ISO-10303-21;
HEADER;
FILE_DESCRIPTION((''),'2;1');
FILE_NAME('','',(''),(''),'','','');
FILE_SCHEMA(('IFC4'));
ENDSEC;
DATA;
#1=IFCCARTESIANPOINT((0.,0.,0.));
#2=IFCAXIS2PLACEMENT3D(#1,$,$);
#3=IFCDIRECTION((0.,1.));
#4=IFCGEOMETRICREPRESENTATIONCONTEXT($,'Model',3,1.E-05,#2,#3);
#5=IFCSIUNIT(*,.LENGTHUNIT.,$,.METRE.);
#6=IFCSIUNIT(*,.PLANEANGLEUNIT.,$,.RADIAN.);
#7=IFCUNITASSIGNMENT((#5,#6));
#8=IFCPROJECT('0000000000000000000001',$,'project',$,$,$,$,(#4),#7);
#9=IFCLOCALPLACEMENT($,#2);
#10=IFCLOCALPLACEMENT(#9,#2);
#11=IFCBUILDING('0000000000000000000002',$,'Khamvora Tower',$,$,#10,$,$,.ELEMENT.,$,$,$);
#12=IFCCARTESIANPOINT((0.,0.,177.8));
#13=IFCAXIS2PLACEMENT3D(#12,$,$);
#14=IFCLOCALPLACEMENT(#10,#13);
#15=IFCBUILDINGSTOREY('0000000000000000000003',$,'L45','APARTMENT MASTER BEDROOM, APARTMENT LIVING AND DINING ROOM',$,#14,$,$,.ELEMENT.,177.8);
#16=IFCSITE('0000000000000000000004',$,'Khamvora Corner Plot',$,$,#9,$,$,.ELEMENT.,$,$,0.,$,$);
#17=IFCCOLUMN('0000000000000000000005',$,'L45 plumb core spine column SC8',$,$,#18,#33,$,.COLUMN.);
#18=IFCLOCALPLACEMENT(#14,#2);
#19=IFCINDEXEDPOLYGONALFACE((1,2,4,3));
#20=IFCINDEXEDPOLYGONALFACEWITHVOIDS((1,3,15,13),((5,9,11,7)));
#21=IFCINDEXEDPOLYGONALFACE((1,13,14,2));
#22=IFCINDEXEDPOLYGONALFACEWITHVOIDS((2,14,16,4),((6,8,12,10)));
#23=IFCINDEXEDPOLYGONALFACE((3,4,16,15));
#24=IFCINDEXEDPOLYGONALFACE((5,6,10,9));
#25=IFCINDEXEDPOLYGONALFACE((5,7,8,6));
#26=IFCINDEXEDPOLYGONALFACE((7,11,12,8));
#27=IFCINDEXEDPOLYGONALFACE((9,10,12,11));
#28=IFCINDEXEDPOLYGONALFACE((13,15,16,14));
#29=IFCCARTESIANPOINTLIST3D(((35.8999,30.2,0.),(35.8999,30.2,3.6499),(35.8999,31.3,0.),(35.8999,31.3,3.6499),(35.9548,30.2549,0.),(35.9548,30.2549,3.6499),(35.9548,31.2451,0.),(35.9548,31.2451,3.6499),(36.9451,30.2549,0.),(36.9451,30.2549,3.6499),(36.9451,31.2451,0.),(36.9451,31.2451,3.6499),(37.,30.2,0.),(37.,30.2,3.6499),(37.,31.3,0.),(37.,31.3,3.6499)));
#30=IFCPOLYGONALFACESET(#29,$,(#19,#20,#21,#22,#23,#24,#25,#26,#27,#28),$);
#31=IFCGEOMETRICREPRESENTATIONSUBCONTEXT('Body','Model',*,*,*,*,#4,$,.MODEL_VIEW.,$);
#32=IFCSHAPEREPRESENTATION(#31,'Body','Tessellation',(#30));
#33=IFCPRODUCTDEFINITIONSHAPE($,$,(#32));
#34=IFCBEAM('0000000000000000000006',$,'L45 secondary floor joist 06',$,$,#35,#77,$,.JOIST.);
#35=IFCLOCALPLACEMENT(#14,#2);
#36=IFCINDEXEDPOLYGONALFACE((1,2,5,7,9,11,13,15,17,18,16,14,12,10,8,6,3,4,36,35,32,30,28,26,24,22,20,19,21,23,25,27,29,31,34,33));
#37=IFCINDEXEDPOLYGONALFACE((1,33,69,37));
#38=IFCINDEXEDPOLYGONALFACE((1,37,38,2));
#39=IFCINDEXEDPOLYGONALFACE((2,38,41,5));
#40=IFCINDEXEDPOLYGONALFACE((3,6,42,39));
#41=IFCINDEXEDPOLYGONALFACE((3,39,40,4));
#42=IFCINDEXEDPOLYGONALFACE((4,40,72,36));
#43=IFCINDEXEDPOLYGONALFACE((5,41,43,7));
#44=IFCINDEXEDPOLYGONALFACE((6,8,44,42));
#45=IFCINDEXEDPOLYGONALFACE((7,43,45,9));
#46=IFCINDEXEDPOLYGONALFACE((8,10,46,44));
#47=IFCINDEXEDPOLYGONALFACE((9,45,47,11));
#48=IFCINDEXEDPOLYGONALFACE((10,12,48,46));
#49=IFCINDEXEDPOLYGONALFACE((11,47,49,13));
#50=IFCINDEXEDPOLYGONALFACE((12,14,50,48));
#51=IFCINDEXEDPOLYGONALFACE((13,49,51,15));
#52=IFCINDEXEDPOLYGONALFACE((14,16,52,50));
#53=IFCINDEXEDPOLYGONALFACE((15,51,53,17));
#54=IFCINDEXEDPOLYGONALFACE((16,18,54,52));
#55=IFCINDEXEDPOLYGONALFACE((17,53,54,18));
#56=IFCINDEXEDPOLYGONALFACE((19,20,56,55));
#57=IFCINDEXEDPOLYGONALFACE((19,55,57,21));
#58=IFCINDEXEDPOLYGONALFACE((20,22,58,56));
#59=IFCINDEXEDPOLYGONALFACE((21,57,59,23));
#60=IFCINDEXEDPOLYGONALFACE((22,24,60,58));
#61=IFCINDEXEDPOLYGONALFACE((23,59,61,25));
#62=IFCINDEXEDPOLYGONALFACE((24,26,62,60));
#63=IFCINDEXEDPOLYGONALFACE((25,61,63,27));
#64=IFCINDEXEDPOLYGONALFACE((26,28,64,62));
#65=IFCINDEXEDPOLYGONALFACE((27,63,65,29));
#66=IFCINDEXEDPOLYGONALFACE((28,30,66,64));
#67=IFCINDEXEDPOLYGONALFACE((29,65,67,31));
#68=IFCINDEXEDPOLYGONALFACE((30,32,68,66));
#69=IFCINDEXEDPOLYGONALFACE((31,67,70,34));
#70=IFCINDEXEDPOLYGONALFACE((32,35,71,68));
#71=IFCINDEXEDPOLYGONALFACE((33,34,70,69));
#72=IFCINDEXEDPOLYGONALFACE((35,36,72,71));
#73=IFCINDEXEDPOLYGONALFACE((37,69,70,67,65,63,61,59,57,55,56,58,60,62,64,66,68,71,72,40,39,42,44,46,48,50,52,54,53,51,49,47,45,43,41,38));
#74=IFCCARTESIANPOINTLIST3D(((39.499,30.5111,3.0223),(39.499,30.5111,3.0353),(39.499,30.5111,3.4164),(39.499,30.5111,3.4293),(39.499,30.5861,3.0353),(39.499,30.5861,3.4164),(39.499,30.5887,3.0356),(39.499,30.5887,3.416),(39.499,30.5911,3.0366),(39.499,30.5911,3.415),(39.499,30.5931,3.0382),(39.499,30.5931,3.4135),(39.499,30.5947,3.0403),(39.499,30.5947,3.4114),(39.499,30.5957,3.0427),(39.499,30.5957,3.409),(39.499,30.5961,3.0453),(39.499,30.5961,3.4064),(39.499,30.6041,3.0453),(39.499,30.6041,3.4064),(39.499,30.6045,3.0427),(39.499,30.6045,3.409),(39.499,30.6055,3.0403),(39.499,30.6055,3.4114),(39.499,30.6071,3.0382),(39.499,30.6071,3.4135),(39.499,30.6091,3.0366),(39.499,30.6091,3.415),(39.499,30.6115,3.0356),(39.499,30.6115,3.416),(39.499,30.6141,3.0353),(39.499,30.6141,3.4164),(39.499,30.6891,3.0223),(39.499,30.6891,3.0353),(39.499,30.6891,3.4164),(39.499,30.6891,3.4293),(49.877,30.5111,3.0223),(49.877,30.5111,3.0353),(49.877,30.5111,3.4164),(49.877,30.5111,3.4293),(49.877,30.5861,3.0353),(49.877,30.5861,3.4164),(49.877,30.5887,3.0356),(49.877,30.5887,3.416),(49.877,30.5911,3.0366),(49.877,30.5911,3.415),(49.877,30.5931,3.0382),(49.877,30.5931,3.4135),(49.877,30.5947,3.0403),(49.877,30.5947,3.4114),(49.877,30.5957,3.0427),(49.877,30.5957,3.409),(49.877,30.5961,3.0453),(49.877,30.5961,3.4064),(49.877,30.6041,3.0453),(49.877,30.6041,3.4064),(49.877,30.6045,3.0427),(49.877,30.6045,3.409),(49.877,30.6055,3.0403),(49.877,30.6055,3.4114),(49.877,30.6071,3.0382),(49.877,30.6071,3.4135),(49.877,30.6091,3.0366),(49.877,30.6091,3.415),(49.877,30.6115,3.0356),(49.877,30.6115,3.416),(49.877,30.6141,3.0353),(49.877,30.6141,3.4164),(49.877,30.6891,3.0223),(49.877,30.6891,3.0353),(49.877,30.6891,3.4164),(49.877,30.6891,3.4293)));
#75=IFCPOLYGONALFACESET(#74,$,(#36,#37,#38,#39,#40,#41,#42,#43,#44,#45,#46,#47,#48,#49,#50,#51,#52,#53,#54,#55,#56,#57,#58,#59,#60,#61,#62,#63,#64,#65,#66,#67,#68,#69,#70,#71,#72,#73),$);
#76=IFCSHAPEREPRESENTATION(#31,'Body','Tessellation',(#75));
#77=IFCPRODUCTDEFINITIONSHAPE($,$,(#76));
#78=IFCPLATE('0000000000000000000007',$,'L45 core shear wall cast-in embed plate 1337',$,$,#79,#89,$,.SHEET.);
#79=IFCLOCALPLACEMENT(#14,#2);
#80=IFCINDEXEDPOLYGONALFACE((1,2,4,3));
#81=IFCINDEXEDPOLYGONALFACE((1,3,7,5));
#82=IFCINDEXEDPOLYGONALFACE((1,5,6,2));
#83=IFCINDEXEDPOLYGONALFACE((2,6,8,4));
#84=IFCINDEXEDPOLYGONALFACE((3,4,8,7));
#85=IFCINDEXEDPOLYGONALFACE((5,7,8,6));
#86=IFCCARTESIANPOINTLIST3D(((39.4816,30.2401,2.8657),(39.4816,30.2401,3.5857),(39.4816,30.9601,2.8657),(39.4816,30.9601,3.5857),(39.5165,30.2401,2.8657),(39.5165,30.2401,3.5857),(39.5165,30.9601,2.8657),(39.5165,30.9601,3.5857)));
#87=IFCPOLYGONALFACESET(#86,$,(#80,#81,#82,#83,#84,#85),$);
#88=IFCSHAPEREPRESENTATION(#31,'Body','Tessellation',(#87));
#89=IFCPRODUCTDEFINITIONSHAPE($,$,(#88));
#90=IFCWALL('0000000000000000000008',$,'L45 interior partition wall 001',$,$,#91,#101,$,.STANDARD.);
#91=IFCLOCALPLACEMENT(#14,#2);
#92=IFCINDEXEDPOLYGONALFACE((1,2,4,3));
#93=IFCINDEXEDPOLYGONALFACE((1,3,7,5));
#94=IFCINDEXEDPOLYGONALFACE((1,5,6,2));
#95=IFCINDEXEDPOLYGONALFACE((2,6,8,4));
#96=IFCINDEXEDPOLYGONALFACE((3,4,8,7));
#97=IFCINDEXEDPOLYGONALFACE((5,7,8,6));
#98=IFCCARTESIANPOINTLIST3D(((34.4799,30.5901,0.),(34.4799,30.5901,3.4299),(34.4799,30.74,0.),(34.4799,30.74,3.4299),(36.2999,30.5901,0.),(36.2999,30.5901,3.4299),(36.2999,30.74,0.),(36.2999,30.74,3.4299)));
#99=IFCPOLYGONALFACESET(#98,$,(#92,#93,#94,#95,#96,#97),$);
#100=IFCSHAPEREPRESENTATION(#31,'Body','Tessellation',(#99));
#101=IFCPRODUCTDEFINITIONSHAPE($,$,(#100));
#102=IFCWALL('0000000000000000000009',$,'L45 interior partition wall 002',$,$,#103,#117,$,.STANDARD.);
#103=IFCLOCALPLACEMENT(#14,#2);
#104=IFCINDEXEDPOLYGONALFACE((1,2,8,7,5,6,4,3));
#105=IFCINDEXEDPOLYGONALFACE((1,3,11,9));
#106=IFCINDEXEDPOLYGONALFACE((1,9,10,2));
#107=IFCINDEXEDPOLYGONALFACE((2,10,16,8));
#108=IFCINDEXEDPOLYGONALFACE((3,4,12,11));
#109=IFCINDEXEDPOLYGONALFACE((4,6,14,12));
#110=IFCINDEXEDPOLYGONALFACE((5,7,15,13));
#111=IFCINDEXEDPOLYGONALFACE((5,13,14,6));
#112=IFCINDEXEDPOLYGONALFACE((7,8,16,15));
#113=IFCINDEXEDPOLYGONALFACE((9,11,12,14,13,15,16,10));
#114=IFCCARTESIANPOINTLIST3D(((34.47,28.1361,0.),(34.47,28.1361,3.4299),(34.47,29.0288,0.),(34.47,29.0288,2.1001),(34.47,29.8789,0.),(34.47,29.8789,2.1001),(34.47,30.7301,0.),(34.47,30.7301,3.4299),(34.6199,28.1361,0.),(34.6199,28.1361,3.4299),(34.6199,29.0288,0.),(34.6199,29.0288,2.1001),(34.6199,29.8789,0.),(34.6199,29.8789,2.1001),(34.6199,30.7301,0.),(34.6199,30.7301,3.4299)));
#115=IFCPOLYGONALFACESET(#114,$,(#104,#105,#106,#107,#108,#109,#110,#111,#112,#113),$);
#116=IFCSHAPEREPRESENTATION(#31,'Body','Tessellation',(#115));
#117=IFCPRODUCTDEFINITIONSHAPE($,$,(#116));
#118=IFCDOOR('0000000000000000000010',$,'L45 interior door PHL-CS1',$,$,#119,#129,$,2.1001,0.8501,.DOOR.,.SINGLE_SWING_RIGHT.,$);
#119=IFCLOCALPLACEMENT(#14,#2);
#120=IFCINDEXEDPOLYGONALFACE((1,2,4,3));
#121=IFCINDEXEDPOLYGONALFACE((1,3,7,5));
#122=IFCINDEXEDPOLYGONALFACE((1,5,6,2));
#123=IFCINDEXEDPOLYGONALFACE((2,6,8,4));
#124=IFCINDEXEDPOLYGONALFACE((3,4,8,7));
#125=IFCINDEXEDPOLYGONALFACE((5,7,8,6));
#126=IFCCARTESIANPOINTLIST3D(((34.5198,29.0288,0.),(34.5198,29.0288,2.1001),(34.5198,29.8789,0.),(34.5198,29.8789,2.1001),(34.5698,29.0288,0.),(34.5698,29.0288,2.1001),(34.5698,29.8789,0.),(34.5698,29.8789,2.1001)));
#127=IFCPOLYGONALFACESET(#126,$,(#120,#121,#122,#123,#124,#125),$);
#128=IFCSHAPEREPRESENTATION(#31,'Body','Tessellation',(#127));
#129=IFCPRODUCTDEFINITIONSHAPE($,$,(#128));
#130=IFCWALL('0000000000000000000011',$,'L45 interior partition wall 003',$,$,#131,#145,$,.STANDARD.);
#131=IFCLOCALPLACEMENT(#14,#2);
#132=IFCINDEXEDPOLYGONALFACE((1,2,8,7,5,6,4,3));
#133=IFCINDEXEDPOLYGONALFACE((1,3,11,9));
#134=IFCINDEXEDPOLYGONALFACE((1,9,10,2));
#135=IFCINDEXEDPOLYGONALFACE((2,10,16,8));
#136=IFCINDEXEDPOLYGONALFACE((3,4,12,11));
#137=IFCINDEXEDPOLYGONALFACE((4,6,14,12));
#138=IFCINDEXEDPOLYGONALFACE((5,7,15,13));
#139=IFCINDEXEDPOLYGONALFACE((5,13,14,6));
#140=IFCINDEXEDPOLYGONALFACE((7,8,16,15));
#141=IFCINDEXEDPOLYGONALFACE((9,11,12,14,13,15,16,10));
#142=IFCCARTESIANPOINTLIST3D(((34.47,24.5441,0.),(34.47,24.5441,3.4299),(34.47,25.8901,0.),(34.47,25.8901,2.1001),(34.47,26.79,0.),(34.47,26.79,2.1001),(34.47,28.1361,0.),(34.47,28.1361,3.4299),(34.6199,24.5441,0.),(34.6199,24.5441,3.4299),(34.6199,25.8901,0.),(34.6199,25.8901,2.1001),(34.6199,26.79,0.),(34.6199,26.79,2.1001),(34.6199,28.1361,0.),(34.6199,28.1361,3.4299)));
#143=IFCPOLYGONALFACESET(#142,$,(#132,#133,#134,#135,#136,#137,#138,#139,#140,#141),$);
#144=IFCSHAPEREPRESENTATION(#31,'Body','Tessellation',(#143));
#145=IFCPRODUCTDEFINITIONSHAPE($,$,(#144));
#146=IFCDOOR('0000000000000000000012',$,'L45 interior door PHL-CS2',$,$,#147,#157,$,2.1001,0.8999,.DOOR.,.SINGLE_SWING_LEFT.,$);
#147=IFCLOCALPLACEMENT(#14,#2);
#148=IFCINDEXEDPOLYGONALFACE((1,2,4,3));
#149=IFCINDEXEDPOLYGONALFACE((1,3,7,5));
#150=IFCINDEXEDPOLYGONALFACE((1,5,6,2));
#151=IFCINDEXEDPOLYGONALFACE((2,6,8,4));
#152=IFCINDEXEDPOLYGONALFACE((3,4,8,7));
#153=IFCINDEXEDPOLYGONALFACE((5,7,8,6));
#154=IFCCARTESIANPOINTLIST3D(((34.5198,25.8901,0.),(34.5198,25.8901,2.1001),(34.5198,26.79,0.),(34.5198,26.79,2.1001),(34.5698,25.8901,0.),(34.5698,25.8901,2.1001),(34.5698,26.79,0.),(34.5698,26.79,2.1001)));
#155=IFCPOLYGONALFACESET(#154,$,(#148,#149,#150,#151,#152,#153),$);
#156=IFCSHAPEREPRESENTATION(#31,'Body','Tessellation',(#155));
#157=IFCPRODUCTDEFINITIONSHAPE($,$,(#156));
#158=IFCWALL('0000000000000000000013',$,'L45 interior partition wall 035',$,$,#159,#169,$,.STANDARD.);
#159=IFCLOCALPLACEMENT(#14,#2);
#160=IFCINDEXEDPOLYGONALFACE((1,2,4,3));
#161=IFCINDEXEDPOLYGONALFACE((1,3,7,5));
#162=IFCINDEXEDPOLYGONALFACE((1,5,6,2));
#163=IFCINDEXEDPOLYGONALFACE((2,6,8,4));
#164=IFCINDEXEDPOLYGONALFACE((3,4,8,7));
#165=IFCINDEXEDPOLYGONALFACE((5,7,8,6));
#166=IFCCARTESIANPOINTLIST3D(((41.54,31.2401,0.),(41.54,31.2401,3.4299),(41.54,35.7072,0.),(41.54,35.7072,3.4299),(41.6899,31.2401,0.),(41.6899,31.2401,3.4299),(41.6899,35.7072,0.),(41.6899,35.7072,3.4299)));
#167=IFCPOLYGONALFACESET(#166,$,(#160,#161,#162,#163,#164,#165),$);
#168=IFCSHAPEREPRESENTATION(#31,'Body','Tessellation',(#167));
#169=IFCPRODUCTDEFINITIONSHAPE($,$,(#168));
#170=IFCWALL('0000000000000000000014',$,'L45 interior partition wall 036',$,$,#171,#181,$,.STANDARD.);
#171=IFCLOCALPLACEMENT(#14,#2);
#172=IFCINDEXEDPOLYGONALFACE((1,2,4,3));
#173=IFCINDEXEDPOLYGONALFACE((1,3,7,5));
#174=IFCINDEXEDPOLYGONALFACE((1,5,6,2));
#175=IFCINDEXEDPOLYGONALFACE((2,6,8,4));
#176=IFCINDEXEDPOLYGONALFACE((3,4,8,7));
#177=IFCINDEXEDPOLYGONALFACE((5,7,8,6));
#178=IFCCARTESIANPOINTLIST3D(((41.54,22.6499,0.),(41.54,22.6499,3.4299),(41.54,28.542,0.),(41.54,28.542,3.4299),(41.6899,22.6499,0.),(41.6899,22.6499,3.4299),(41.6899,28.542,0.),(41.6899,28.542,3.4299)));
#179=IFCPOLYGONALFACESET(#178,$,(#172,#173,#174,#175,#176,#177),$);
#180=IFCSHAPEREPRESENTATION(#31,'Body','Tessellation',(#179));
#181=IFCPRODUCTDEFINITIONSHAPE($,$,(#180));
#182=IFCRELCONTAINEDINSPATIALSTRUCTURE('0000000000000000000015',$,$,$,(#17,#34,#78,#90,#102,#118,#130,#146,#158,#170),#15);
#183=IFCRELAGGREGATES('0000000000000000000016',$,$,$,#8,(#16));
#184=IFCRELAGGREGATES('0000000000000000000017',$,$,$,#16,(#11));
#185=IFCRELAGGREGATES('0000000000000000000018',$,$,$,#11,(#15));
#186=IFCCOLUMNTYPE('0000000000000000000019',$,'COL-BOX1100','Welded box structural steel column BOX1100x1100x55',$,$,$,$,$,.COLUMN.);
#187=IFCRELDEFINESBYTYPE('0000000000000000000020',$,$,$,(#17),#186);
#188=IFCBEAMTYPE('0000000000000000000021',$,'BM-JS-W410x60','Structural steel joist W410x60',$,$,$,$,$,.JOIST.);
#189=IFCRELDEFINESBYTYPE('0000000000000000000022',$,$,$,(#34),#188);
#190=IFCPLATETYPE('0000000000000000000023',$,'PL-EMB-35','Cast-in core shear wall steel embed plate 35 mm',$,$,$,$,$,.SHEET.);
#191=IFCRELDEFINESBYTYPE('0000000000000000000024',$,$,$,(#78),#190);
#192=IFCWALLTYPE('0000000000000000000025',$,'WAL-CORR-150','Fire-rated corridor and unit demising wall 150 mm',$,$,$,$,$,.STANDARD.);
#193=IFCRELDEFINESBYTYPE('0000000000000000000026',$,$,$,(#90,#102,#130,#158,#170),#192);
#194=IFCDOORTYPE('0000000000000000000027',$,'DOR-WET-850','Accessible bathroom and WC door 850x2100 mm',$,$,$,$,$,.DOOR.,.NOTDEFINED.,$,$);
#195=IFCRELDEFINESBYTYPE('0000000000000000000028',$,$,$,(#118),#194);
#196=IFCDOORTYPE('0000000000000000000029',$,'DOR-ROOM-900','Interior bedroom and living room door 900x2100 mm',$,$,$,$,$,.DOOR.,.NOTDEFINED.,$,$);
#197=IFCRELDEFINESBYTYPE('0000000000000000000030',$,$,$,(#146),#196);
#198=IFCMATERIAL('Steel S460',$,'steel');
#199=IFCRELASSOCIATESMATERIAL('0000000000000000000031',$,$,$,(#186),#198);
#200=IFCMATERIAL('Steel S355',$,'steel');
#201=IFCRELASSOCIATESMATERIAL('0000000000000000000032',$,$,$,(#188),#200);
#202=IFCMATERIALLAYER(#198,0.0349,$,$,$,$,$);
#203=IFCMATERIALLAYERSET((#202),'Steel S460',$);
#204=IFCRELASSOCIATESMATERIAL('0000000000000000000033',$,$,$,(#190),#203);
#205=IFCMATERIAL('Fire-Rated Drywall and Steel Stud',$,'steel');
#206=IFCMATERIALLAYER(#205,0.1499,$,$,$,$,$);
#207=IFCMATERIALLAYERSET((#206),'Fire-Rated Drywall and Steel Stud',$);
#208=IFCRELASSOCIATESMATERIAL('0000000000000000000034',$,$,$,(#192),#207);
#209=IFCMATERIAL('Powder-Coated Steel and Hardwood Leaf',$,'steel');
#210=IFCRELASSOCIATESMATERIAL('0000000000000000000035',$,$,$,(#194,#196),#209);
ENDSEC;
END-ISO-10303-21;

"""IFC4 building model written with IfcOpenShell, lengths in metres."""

from ifc_helpers import new_model, si_unit, direction, frame, frame_2d, origin, origin_2d, place, context, subcontext, project, spatial, rectangle, hollow_rectangle, i_section, extrude, material, layer, layer_set, material_profile, profile_set, type_object, element, fill, save


model = new_model("IFC4")

# Units and contexts
model_context = context("Model", 3, precision=1e-05, world=origin(), true_north=direction((0.0, 1.0)))
body_context = subcontext(model_context, "Body", "Model", "MODEL_VIEW")
ifc_project = project(units=[si_unit("LENGTHUNIT", "METRE"), si_unit("PLANEANGLEUNIT", "RADIAN")], contexts=[model_context])

# Site, building, storey
site_placement = place(None, origin())
site = spatial("IfcSite", under=ifc_project, at=site_placement, Name="Khamvora Corner Plot", CompositionType="ELEMENT", RefElevation=0.0)
building_placement = place(site_placement, origin())
building = spatial("IfcBuilding", under=site, at=building_placement, Name="Khamvora Tower", CompositionType="ELEMENT")
storey_placement = place(building_placement, frame((0.0, 0.0, 177.8)))
storey = spatial("IfcBuildingStorey", under=building, at=storey_placement, Name="L45", Description="APARTMENT MASTER BEDROOM, APARTMENT LIVING AND DINING ROOM", CompositionType="ELEMENT", Elevation=177.8)

# Column
ifc_material_1 = material(Name="Steel S460", Category="steel")
ifc_material_profile_1 = material_profile(ifc_material_1, hollow_rectangle(XDim=1.1001, YDim=1.1001, WallThickness=0.0549, at=origin_2d()), Name="BOX1100x1100x55")
ifc_profile_set_1 = profile_set([ifc_material_profile_1], Name="Steel S460")
column_type = type_object("IfcColumnType", Name="COL-BOX1100", Description="Welded box structural steel column BOX1100x1100x55", PredefinedType="COLUMN", material=ifc_profile_set_1)
column_placement = place(storey_placement, frame((36.45, 30.75, 0.0), z_axis=(0.0, 0.0, 1.0), x_axis=(1.0, 0.0, 0.0)))
element("IfcColumn", 1, at=column_placement, inside=storey, type_object=column_type, Name="L45 plumb core spine column SC8", PredefinedType="COLUMN", context=body_context, shape_type="SweptSolid", body=[
    extrude(hollow_rectangle(XDim=1.1001, YDim=1.1001, WallThickness=0.0549, at=origin_2d()), origin(), (0.0, 0.0, 1.0), 3.6499),
])

# Beam
ifc_material_2 = material(Name="Steel S355", Category="steel")
ifc_material_profile_2 = material_profile(ifc_material_2, i_section(OverallWidth=0.178, OverallDepth=0.407, WebThickness=0.0081, FlangeThickness=0.0129, FilletRadius=0.01, at=origin_2d()), Name="W410x60")
ifc_profile_set_2 = profile_set([ifc_material_profile_2], Name="Steel S355")
beam_type = type_object("IfcBeamType", Name="BM-JS-W410x60", Description="Structural steel joist W410x60", PredefinedType="JOIST", material=ifc_profile_set_2)
beam_placement = place(storey_placement, frame((39.499, 30.6001, 3.2258), z_axis=(1.0, 0.0, 0.0), x_axis=(0.0, 1.0, 0.0)))
element("IfcBeam", 2, at=beam_placement, inside=storey, type_object=beam_type, Name="L45 secondary floor joist 06", PredefinedType="JOIST", context=body_context, shape_type="SweptSolid", body=[
    extrude(i_section(OverallWidth=0.178, OverallDepth=0.407, WebThickness=0.0081, FlangeThickness=0.0129, FilletRadius=0.01, at=origin_2d()), origin(), (0.0, 0.0, 1.0), 10.3779),
])

# Plate
ifc_layer_1 = layer(ifc_material_1, 0.0349)
ifc_layer_set_1 = layer_set([ifc_layer_1], Name="Steel S460")
plate_type = type_object("IfcPlateType", Name="PL-EMB-35", Description="Cast-in core shear wall steel embed plate 35 mm", PredefinedType="SHEET", material=ifc_layer_set_1)
plate_placement = place(storey_placement, frame((39.499, 30.6001, 2.8657), z_axis=(0.0, 0.0, 1.0), x_axis=(1.0, 0.0, 0.0)))
element("IfcPlate", 3, at=plate_placement, inside=storey, type_object=plate_type, Name="L45 core shear wall cast-in embed plate 1337", PredefinedType="SHEET", context=body_context, shape_type="SweptSolid", body=[
    extrude(rectangle(XDim=0.0349, YDim=0.72, at=origin_2d()), origin(), (0.0, 0.0, 1.0), 0.72),
])

# Shared definitions
ifc_material_3 = material(Name="Powder-Coated Steel and Hardwood Leaf", Category="steel")

# Wall
ifc_material_4 = material(Name="Fire-Rated Drywall and Steel Stud", Category="steel")
ifc_layer_2 = layer(ifc_material_4, 0.1499)
ifc_layer_set_2 = layer_set([ifc_layer_2], Name="Fire-Rated Drywall and Steel Stud")
wall_type_1 = type_object("IfcWallType", Name="WAL-CORR-150", Description="Fire-rated corridor and unit demising wall 150 mm", PredefinedType="STANDARD", material=ifc_layer_set_2)
wall_1_placement = place(storey_placement, frame((36.3, 30.665, 0.0), z_axis=(0.0, 0.0, 1.0), x_axis=(-1.0, 0.0, 0.0)))
element("IfcWall", 4, at=wall_1_placement, inside=storey, type_object=wall_type_1, Name="L45 interior partition wall 001", PredefinedType="STANDARD", context=body_context, shape_type="SweptSolid", body=[
    extrude(rectangle(XDim=1.8201, YDim=0.1499, at=frame_2d((0.9102, 0.0))), origin(), (0.0, 0.0, 1.0), 3.4299),
])

# Walls, openings, doors
wall_2_placement = place(storey_placement, frame((34.5449, 30.73, 0.0), z_axis=(0.0, 0.0, 1.0), x_axis=(0.0, -1.0, 0.0)))
wall_2 = element("IfcWall", 5, at=wall_2_placement, inside=storey, type_object=wall_type_1, Name="L45 interior partition wall 002", PredefinedType="STANDARD", context=body_context, shape_type="SweptSolid", body=[
    extrude(rectangle(XDim=2.594, YDim=0.1499, at=frame_2d((1.2969, 0.0))), origin(), (0.0, 0.0, 1.0), 3.4299),
])
opening_1_placement = place(wall_2_placement, frame((0.8511, 0.0, 0.0)))
opening_1 = element("IfcOpeningElement", 6, at=opening_1_placement, cuts=wall_2, PredefinedType="OPENING", context=body_context, shape_type="SweptSolid", body=[
    extrude(rectangle(XDim=0.8501, YDim=2.1001, at=frame_2d((0.425, 1.05))), frame((0.0, 0.085, 0.0), z_axis=(0.0, -1.0, 0.0), x_axis=(1.0, 0.0, 0.0)), (0.0, 0.0, 1.0), 0.1699),
])
door_type_1 = type_object("IfcDoorType", Name="DOR-WET-850", Description="Accessible bathroom and WC door 850x2100 mm", OperationType="NOTDEFINED", PredefinedType="DOOR", material=ifc_material_3)
door_1_placement = place(opening_1_placement, origin())
door_1 = element("IfcDoor", 7, at=door_1_placement, inside=storey, type_object=door_type_1, Name="L45 interior door PHL-CS1", OperationType="SINGLE_SWING_RIGHT", OverallHeight=2.1001, OverallWidth=0.8501, PredefinedType="DOOR", context=body_context, shape_type="SweptSolid", body=[
    extrude(rectangle(XDim=0.8501, YDim=2.1001, at=frame_2d((0.425, 1.05))), frame((0.0, 0.0249, 0.0), z_axis=(0.0, -1.0, 0.0), x_axis=(1.0, 0.0, 0.0)), (0.0, 0.0, 1.0), 0.05),
])
fill(opening_1, door_1)
wall_3_placement = place(storey_placement, frame((34.5449, 28.136, 0.0), z_axis=(0.0, 0.0, 1.0), x_axis=(0.0, -1.0, 0.0)))
wall_3 = element("IfcWall", 8, at=wall_3_placement, inside=storey, type_object=wall_type_1, Name="L45 interior partition wall 003", PredefinedType="STANDARD", context=body_context, shape_type="SweptSolid", body=[
    extrude(rectangle(XDim=3.592, YDim=0.1499, at=frame_2d((1.7959, 0.0))), origin(), (0.0, 0.0, 1.0), 3.4299),
])
opening_2_placement = place(wall_3_placement, frame((1.3459, 0.0, 0.0)))
opening_2 = element("IfcOpeningElement", 9, at=opening_2_placement, cuts=wall_3, PredefinedType="OPENING", context=body_context, shape_type="SweptSolid", body=[
    extrude(rectangle(XDim=0.8999, YDim=2.1001, at=frame_2d((0.45, 1.05))), frame((0.0, 0.085, 0.0), z_axis=(0.0, -1.0, 0.0), x_axis=(1.0, 0.0, 0.0)), (0.0, 0.0, 1.0), 0.1699),
])
door_type_2 = type_object("IfcDoorType", Name="DOR-ROOM-900", Description="Interior bedroom and living room door 900x2100 mm", OperationType="NOTDEFINED", PredefinedType="DOOR", material=ifc_material_3)
door_2_placement = place(opening_2_placement, origin())
door_2 = element("IfcDoor", 10, at=door_2_placement, inside=storey, type_object=door_type_2, Name="L45 interior door PHL-CS2", OperationType="SINGLE_SWING_LEFT", OverallHeight=2.1001, OverallWidth=0.8999, PredefinedType="DOOR", context=body_context, shape_type="SweptSolid", body=[
    extrude(rectangle(XDim=0.8999, YDim=2.1001, at=frame_2d((0.45, 1.05))), frame((0.0, 0.0249, 0.0), z_axis=(0.0, -1.0, 0.0), x_axis=(1.0, 0.0, 0.0)), (0.0, 0.0, 1.0), 0.05),
])
fill(opening_2, door_2)

# Walls
wall_4_placement = place(storey_placement, frame((41.615, 35.707, 0.0), z_axis=(0.0, 0.0, 1.0), x_axis=(0.0, -1.0, 0.0)))
element("IfcWall", 11, at=wall_4_placement, inside=storey, type_object=wall_type_1, Name="L45 interior partition wall 035", PredefinedType="STANDARD", context=body_context, shape_type="SweptSolid", body=[
    extrude(rectangle(XDim=4.467, YDim=0.1499, at=frame_2d((2.2334, 0.0))), origin(), (0.0, 0.0, 1.0), 3.4299),
])
wall_5_placement = place(storey_placement, frame((41.615, 28.542, 0.0), z_axis=(0.0, 0.0, 1.0), x_axis=(0.0, -1.0, 0.0)))
element("IfcWall", 12, at=wall_5_placement, inside=storey, type_object=wall_type_1, Name="L45 interior partition wall 036", PredefinedType="STANDARD", context=body_context, shape_type="SweptSolid", body=[
    extrude(rectangle(XDim=5.8921, YDim=0.1499, at=frame_2d((2.946, 0.0))), origin(), (0.0, 0.0, 1.0), 3.4299),
])

save(model, "model.ifc")
